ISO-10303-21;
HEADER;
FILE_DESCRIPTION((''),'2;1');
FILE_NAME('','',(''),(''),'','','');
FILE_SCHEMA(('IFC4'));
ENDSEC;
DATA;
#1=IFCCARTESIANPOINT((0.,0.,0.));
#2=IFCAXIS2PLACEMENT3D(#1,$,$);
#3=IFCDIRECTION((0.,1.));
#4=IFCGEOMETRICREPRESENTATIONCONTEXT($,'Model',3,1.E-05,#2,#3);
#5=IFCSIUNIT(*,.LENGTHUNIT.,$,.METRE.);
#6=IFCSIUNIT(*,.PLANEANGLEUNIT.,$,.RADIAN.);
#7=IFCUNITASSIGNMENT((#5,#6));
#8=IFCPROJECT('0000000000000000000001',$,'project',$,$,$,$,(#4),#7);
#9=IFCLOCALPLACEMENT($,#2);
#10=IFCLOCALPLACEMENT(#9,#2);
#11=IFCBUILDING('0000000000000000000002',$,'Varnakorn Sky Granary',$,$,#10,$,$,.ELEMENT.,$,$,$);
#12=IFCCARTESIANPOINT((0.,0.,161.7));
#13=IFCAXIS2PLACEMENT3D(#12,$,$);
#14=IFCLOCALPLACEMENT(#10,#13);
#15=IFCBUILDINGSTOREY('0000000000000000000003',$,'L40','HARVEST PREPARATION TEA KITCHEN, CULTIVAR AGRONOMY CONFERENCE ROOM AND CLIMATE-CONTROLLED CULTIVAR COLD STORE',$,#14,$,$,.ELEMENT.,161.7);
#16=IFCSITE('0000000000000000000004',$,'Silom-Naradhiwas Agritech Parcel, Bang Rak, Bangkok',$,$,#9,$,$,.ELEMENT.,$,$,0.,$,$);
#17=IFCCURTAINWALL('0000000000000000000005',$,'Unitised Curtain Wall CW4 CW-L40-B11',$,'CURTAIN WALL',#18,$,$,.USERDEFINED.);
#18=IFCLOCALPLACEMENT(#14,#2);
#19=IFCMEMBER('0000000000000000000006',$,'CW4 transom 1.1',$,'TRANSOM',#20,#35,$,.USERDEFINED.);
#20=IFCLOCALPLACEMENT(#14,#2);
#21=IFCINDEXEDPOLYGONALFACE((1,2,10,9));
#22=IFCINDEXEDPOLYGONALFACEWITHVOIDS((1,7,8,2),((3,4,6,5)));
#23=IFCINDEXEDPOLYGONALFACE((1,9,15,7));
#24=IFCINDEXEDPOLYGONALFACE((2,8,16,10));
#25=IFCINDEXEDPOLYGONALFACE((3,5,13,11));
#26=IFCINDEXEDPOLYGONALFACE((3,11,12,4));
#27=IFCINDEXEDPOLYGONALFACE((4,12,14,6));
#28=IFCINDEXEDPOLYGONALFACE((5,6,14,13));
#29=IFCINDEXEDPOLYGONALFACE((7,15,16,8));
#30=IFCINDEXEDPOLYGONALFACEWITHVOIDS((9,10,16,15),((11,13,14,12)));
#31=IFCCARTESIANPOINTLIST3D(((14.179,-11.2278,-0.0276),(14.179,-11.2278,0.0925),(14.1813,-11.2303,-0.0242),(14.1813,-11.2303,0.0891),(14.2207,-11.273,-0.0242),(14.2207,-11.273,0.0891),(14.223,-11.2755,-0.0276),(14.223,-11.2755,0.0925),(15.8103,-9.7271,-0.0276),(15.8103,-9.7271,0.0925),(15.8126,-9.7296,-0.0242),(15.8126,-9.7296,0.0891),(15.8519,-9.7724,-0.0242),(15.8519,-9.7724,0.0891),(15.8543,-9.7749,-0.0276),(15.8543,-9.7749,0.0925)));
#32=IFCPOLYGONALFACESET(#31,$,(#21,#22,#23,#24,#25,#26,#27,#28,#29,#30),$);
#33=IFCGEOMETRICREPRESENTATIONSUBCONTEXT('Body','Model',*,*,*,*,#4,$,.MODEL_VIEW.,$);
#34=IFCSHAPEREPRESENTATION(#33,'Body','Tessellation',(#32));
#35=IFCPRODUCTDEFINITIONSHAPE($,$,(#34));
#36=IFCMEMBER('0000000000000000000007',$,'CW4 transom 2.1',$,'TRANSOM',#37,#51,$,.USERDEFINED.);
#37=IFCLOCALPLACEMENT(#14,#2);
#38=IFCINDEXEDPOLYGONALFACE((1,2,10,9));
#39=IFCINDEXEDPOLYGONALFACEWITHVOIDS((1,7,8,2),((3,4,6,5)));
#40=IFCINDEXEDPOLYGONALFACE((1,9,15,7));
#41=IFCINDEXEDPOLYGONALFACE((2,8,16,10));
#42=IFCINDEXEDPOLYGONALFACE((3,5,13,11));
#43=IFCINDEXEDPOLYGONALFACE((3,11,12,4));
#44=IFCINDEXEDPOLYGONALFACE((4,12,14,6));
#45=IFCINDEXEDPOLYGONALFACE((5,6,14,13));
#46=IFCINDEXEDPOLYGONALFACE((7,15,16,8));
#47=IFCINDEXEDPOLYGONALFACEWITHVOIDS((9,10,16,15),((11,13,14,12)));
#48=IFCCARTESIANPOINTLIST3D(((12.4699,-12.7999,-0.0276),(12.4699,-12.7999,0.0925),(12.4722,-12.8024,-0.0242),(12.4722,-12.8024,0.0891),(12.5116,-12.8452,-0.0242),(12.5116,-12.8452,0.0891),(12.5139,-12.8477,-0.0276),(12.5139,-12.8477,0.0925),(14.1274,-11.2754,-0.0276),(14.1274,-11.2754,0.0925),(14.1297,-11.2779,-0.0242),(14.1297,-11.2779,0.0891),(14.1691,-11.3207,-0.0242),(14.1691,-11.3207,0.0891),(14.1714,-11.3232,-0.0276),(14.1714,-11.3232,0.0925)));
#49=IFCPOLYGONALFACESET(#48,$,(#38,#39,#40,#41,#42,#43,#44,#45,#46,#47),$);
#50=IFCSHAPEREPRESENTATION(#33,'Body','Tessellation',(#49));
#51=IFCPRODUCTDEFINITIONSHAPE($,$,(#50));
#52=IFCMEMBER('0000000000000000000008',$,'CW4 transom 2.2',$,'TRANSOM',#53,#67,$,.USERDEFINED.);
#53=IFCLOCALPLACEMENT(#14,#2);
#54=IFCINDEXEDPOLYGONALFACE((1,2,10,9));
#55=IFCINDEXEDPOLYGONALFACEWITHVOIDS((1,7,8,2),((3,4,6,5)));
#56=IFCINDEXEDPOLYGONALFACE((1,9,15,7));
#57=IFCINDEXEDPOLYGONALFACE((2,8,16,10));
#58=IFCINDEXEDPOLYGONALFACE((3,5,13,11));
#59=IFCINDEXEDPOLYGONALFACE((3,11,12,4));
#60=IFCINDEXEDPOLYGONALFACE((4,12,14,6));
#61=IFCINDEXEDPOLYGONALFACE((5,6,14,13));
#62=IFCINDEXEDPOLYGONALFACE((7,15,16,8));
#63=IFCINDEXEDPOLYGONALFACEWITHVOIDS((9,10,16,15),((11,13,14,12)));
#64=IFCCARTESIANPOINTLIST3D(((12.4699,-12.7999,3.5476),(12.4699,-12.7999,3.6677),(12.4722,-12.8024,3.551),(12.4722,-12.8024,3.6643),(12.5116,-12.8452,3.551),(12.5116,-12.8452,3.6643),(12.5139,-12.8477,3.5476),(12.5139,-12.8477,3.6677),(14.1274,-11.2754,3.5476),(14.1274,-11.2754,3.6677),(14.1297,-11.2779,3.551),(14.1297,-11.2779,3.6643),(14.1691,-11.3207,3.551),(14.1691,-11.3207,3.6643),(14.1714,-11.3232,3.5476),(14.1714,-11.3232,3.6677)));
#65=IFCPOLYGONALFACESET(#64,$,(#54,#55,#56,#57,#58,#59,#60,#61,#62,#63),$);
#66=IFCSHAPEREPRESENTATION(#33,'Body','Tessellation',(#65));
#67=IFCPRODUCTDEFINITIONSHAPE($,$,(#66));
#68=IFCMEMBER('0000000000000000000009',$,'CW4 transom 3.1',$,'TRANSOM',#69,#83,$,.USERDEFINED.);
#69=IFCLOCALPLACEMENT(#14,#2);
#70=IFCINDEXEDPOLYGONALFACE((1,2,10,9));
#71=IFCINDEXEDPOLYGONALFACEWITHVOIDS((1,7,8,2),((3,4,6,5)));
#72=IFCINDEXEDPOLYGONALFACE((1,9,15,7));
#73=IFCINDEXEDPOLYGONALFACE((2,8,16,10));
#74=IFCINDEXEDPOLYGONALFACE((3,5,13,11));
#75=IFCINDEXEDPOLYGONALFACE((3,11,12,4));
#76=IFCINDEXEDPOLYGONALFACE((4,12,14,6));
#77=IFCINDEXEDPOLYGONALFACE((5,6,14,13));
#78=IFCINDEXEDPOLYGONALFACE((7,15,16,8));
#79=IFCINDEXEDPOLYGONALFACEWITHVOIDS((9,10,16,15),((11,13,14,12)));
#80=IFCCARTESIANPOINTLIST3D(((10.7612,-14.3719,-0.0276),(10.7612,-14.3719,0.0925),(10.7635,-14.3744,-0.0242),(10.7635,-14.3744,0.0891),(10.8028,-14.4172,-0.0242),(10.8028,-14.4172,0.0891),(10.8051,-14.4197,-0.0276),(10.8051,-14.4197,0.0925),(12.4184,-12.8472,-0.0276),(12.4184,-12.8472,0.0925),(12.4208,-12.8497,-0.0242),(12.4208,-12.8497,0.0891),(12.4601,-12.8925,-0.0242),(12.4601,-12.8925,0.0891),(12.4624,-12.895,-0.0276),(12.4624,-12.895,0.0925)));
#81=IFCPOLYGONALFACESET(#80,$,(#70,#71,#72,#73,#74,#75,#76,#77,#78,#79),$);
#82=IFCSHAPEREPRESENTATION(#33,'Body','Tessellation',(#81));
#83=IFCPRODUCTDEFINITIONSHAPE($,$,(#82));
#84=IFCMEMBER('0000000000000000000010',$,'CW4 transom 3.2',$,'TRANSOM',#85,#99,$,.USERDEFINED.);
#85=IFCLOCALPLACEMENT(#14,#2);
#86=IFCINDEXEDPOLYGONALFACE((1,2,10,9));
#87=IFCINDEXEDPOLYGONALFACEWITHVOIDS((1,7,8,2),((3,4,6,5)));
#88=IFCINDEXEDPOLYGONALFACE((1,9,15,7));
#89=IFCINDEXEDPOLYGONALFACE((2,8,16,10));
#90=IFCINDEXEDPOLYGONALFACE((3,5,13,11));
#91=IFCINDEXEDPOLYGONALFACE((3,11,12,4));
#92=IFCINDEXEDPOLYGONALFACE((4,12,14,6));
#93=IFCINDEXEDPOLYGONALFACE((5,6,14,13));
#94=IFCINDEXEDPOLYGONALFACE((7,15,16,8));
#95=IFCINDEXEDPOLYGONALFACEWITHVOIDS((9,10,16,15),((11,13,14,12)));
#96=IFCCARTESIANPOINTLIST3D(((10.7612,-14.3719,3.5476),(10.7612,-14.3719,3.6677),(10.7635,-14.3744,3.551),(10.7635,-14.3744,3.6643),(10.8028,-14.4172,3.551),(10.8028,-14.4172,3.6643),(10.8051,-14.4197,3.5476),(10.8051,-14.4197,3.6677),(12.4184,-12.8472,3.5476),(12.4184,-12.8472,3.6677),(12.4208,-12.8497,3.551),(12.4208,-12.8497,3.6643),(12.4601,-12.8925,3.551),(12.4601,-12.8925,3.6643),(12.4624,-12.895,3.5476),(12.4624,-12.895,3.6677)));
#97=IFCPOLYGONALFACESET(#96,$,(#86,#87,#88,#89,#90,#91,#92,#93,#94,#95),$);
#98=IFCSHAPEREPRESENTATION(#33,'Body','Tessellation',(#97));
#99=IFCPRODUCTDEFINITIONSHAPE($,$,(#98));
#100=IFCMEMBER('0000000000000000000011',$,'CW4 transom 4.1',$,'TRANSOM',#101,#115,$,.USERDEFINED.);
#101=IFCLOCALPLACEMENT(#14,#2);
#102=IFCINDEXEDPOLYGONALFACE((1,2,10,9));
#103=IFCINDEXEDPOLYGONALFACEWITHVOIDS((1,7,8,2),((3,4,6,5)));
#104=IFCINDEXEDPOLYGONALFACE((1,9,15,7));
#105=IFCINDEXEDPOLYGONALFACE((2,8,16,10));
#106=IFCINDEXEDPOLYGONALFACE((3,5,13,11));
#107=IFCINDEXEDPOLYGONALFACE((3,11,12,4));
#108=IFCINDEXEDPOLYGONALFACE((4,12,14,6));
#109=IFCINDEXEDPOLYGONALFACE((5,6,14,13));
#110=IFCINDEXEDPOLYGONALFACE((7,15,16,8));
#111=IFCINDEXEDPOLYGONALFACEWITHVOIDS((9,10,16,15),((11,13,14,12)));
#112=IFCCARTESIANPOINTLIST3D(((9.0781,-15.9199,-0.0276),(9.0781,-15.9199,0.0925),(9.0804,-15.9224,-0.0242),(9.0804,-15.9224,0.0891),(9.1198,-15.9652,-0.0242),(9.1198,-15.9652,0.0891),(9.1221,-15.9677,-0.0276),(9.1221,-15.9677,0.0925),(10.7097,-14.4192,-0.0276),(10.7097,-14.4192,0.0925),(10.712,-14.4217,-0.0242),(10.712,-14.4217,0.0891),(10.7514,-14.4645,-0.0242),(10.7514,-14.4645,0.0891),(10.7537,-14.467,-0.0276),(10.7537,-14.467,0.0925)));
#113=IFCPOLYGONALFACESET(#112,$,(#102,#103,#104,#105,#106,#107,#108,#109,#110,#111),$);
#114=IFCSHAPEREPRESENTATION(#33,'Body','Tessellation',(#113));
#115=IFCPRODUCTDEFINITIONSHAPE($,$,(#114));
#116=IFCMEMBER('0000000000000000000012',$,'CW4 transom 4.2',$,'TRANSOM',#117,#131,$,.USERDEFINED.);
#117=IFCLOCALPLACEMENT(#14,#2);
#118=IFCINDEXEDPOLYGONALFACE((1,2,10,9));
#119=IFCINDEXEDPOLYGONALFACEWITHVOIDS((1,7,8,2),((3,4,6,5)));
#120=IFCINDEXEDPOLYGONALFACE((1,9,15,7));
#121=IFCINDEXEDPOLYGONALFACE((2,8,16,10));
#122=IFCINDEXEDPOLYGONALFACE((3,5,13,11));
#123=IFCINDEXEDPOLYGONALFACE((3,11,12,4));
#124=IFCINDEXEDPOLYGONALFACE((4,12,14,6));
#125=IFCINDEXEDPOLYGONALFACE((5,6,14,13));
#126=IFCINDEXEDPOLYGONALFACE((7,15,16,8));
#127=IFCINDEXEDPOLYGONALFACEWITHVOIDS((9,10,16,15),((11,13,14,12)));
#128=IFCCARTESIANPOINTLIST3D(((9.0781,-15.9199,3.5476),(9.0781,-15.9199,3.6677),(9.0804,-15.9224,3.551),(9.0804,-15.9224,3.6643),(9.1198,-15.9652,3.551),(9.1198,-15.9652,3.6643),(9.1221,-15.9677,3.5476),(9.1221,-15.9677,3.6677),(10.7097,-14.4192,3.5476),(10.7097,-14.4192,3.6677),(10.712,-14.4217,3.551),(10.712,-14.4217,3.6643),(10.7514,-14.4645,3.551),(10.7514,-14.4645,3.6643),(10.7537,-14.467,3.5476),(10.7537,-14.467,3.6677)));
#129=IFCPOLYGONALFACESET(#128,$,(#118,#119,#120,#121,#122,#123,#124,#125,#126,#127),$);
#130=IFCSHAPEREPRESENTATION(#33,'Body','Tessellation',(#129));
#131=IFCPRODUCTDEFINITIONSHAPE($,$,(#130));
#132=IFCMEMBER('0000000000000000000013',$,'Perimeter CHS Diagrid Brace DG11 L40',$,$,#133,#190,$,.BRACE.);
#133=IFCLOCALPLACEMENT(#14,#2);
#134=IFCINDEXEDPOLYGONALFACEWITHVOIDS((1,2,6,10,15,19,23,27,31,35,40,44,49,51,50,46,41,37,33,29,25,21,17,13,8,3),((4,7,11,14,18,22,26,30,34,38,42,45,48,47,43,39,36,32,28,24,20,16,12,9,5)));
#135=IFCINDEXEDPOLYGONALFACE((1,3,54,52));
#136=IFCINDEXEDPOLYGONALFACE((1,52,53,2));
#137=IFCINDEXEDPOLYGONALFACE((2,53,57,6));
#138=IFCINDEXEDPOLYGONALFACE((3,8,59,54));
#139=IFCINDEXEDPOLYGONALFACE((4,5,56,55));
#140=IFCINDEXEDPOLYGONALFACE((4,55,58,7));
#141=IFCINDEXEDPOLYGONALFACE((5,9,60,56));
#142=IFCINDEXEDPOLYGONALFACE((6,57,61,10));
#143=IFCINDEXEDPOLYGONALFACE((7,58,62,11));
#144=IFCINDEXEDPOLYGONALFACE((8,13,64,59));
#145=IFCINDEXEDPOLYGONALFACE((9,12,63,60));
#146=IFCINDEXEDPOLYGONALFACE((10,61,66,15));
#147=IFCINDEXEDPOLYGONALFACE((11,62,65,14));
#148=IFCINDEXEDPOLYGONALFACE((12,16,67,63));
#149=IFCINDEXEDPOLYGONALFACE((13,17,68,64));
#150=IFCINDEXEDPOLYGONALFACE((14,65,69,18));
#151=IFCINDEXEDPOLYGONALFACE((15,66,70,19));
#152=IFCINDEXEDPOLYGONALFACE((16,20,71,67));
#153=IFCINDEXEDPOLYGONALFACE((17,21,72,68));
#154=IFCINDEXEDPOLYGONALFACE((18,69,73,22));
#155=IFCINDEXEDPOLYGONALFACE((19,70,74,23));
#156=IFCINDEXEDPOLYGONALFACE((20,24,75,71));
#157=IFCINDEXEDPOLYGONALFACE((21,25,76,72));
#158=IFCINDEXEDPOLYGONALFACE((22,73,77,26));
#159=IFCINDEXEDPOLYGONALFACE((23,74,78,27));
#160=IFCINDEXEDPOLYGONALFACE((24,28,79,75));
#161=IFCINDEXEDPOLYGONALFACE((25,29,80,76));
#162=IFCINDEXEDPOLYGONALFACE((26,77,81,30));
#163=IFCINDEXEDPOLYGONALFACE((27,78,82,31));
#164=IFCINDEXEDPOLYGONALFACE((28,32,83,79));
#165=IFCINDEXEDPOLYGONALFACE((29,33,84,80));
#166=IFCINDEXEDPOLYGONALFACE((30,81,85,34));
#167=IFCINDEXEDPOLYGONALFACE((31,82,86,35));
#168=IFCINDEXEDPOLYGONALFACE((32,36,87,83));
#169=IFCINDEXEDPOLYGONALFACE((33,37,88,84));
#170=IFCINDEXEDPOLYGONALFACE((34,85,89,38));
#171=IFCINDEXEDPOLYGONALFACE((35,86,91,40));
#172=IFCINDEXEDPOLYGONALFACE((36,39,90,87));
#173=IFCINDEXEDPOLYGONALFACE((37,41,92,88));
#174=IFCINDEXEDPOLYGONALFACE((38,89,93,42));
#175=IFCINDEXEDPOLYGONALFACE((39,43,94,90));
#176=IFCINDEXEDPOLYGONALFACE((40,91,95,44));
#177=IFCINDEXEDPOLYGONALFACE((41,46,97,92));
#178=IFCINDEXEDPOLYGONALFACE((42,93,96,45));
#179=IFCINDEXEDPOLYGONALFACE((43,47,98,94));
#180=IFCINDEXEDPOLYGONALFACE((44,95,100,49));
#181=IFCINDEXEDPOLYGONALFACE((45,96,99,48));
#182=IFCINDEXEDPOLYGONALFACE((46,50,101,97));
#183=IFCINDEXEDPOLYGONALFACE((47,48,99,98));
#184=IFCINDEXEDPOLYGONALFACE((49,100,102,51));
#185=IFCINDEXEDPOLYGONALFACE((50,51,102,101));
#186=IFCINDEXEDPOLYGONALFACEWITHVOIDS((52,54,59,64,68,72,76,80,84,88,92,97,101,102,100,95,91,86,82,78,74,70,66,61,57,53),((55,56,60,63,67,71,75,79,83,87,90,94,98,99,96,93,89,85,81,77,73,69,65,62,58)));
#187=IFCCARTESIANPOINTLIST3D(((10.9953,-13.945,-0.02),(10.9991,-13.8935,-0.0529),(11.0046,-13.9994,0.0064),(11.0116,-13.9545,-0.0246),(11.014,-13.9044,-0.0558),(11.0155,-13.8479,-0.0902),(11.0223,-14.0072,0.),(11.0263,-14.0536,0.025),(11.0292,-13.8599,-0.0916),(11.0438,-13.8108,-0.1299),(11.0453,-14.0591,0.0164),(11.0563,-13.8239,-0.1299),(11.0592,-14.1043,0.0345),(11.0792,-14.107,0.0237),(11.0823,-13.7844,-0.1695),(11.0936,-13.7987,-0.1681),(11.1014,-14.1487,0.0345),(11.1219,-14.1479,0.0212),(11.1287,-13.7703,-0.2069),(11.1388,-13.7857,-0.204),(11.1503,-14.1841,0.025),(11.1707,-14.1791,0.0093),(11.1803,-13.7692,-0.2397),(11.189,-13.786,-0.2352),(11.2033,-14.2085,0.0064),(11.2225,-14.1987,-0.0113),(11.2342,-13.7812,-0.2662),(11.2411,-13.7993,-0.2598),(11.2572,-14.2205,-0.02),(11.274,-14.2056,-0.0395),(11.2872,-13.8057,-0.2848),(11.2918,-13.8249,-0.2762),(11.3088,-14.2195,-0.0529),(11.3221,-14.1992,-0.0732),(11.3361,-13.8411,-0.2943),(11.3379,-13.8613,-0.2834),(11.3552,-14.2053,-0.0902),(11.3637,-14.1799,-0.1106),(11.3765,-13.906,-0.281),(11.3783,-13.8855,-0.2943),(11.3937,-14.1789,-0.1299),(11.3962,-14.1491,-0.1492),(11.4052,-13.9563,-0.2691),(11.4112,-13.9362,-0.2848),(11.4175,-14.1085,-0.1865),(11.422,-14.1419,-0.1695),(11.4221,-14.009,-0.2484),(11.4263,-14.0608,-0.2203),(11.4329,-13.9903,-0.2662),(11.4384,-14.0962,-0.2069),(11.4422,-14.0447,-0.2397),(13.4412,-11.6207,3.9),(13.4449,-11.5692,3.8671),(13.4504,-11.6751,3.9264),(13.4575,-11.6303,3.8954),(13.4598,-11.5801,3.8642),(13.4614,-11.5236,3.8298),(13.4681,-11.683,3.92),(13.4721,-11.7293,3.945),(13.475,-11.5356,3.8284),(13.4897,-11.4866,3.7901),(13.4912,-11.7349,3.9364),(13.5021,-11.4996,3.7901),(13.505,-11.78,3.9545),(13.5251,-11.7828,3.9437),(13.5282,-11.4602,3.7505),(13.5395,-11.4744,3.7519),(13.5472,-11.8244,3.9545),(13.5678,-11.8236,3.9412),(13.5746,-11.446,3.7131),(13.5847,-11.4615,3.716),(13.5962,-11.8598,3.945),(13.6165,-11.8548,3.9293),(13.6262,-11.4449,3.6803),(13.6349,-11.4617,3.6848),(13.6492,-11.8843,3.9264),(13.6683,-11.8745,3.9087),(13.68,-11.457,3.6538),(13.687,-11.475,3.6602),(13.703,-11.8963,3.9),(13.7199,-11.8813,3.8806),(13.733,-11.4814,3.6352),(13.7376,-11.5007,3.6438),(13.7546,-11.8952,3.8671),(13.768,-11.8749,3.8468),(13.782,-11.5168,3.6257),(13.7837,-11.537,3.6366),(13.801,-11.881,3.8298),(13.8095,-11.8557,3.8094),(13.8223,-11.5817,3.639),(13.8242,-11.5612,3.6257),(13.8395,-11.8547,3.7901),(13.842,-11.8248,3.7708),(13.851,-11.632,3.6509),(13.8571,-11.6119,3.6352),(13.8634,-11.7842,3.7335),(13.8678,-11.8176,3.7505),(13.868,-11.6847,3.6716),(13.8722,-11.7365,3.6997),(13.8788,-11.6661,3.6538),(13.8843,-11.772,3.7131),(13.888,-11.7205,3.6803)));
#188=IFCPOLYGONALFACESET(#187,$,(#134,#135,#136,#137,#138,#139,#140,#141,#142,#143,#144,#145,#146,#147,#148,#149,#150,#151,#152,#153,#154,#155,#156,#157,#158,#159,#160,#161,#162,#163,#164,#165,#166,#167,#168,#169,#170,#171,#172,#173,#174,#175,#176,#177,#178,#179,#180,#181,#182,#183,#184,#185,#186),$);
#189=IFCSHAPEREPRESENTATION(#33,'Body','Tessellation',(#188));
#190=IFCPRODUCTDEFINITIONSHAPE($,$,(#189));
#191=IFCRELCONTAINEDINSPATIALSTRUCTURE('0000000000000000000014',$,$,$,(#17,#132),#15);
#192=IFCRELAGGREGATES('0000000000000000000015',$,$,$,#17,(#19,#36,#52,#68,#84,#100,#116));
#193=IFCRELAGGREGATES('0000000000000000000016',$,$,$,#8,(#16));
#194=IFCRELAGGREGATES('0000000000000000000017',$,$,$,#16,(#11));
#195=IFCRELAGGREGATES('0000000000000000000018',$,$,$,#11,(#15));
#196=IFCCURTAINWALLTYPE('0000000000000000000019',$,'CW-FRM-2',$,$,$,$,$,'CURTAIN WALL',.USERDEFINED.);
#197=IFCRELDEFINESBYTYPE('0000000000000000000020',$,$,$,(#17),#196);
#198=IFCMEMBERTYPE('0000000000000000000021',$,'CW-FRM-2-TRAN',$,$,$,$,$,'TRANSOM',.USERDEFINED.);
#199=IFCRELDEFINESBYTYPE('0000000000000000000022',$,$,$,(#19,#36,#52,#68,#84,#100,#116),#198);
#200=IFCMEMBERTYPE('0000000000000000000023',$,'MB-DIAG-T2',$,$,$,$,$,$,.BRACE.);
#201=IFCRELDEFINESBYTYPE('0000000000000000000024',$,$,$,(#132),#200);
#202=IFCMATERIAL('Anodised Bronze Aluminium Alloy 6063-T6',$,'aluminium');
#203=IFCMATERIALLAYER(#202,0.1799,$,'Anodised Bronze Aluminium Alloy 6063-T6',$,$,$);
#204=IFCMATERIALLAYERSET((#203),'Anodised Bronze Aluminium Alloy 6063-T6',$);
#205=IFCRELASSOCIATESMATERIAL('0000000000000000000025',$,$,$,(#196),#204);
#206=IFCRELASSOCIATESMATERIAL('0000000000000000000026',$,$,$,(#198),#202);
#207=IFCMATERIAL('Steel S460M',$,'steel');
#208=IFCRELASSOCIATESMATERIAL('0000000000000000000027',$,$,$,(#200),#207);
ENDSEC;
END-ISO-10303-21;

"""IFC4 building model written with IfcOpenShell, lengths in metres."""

from ifc_helpers import new_model, si_unit, direction, frame, origin, origin_2d, place, context, subcontext, project, spatial, hollow_rectangle, hollow_circle, extrude, material, layer, layer_set, material_profile, profile_set, type_object, element, aggregate, save


model = new_model("IFC4")

# Units and contexts
model_context = context("Model", 3, precision=1e-05, world=origin(), true_north=direction((0.0, 1.0)))
body_context = subcontext(model_context, "Body", "Model", "MODEL_VIEW")
ifc_project = project(units=[si_unit("LENGTHUNIT", "METRE"), si_unit("PLANEANGLEUNIT", "RADIAN")], contexts=[model_context])

# Site, building, storey
site_placement = place(None, origin())
site = spatial("IfcSite", under=ifc_project, at=site_placement, Name="Silom-Naradhiwas Agritech Parcel, Bang Rak, Bangkok", CompositionType="ELEMENT", RefElevation=0.0)
building_placement = place(site_placement, origin())
building = spatial("IfcBuilding", under=site, at=building_placement, Name="Varnakorn Sky Granary", CompositionType="ELEMENT")
storey_placement = place(building_placement, frame((0.0, 0.0, 161.7)))
storey = spatial("IfcBuildingStorey", under=building, at=storey_placement, Name="L40", Description="HARVEST PREPARATION TEA KITCHEN, CULTIVAR AGRONOMY CONFERENCE ROOM AND CLIMATE-CONTROLLED CULTIVAR COLD STORE", CompositionType="ELEMENT", Elevation=161.7)

# Shared definitions
ifc_material_1 = material(Name="Steel S460M", Category="steel")

# Curtain wall, members
ifc_material_2 = material(Name="Anodised Bronze Aluminium Alloy 6063-T6", Category="aluminium")
ifc_layer_1 = layer(ifc_material_2, 0.1799, Name="Anodised Bronze Aluminium Alloy 6063-T6")
ifc_layer_set_1 = layer_set([ifc_layer_1], Name="Anodised Bronze Aluminium Alloy 6063-T6")
curtain_wall_type = type_object("IfcCurtainWallType", Name="CW-FRM-2", ElementType="CURTAIN WALL", PredefinedType="USERDEFINED", material=ifc_layer_set_1)
curtain_wall_placement = place(storey_placement, origin())
curtain_wall = element("IfcCurtainWall", 1, at=curtain_wall_placement, inside=storey, type_object=curtain_wall_type, Name="Unitised Curtain Wall CW4 CW-L40-B11", ObjectType="CURTAIN WALL", PredefinedType="USERDEFINED")
ifc_material_profile_1 = material_profile(ifc_material_2, hollow_rectangle(XDim=0.0649, YDim=0.1201, WallThickness=0.0034, at=origin_2d()), Name="ALU TRAN 65x120")
ifc_profile_set_1 = profile_set([ifc_material_profile_1], Name="Anodised Bronze Aluminium Alloy 6063-T6")
member_type_1 = type_object("IfcMemberType", Name="CW-FRM-2-TRAN", ElementType="TRANSOM", PredefinedType="USERDEFINED", material=ifc_profile_set_1)
member_1_placement = place(storey_placement, frame((15.8323, -9.751, 0.0325), z_axis=(-0.735955, -0.67703, 0.0), x_axis=(0.67703, -0.735955, 0.0)))
member_1 = element("IfcMember", 2, at=member_1_placement, type_object=member_type_1, Name="CW4 transom 1.1", ObjectType="TRANSOM", PredefinedType="USERDEFINED", context=body_context, shape_type="SweptSolid", body=[
    extrude(hollow_rectangle(XDim=0.0649, YDim=0.1201, WallThickness=0.0034, at=origin_2d()), origin(), (0.0, 0.0, 1.0), 2.2166),
])
member_2_placement = place(storey_placement, frame((14.1494, -11.2993, 0.0325), z_axis=(-0.736033, -0.676946, 0.0), x_axis=(0.676946, -0.736033, 0.0)))
member_2 = element("IfcMember", 3, at=member_2_placement, type_object=member_type_1, Name="CW4 transom 2.1", ObjectType="TRANSOM", PredefinedType="USERDEFINED", context=body_context, shape_type="SweptSolid", body=[
    extrude(hollow_rectangle(XDim=0.0649, YDim=0.1201, WallThickness=0.0034, at=origin_2d()), origin(), (0.0, 0.0, 1.0), 2.252),
])
member_3_placement = place(storey_placement, frame((14.1494, -11.2993, 3.6077), z_axis=(-0.736033, -0.676946, 0.0), x_axis=(0.676946, -0.736033, 0.0)))
member_3 = element("IfcMember", 4, at=member_3_placement, type_object=member_type_1, Name="CW4 transom 2.2", ObjectType="TRANSOM", PredefinedType="USERDEFINED", context=body_context, shape_type="SweptSolid", body=[
    extrude(hollow_rectangle(XDim=0.0649, YDim=0.1201, WallThickness=0.0034, at=origin_2d()), origin(), (0.0, 0.0, 1.0), 2.252),
])
member_4_placement = place(storey_placement, frame((12.4404, -12.8711, 0.0325), z_axis=(-0.735929, -0.677059, 0.0), x_axis=(0.677059, -0.735929, 0.0)))
member_4 = element("IfcMember", 5, at=member_4_placement, type_object=member_type_1, Name="CW4 transom 3.1", ObjectType="TRANSOM", PredefinedType="USERDEFINED", context=body_context, shape_type="SweptSolid", body=[
    extrude(hollow_rectangle(XDim=0.0649, YDim=0.1201, WallThickness=0.0034, at=origin_2d()), origin(), (0.0, 0.0, 1.0), 2.252),
])
member_5_placement = place(storey_placement, frame((12.4404, -12.8711, 3.6077), z_axis=(-0.735929, -0.677059, 0.0), x_axis=(0.677059, -0.735929, 0.0)))
member_5 = element("IfcMember", 6, at=member_5_placement, type_object=member_type_1, Name="CW4 transom 3.2", ObjectType="TRANSOM", PredefinedType="USERDEFINED", context=body_context, shape_type="SweptSolid", body=[
    extrude(hollow_rectangle(XDim=0.0649, YDim=0.1201, WallThickness=0.0034, at=origin_2d()), origin(), (0.0, 0.0, 1.0), 2.252),
])
member_6_placement = place(storey_placement, frame((10.7317, -14.4431, 0.0325), z_axis=(-0.736006, -0.676975, 0.0), x_axis=(0.676975, -0.736006, 0.0)))
member_6 = element("IfcMember", 7, at=member_6_placement, type_object=member_type_1, Name="CW4 transom 4.1", ObjectType="TRANSOM", PredefinedType="USERDEFINED", context=body_context, shape_type="SweptSolid", body=[
    extrude(hollow_rectangle(XDim=0.0649, YDim=0.1201, WallThickness=0.0034, at=origin_2d()), origin(), (0.0, 0.0, 1.0), 2.2168),
])
member_7_placement = place(storey_placement, frame((10.7317, -14.4431, 3.6077), z_axis=(-0.736006, -0.676975, 0.0), x_axis=(0.676975, -0.736006, 0.0)))
member_7 = element("IfcMember", 8, at=member_7_placement, type_object=member_type_1, Name="CW4 transom 4.2", ObjectType="TRANSOM", PredefinedType="USERDEFINED", context=body_context, shape_type="SweptSolid", body=[
    extrude(hollow_rectangle(XDim=0.0649, YDim=0.1201, WallThickness=0.0034, at=origin_2d()), origin(), (0.0, 0.0, 1.0), 2.2168),
])

# Member
ifc_material_profile_2 = material_profile(ifc_material_1, hollow_circle(Radius=0.2539, WallThickness=0.0181, at=origin_2d()), Name="CHS 508x18")
ifc_profile_set_2 = profile_set([ifc_material_profile_2], Name="Steel S460M")
member_type_2 = type_object("IfcMemberType", Name="MB-DIAG-T2", PredefinedType="BRACE", material=ifc_profile_set_2)
member_8_placement = place(storey_placement, frame((11.2188, -13.9949, -0.1299), z_axis=(0.472891, 0.449384, 0.75791), x_axis=(-0.68886, 0.724895, 0.0)))
element("IfcMember", 9, at=member_8_placement, inside=storey, type_object=member_type_2, Name="Perimeter CHS Diagrid Brace DG11 L40", PredefinedType="BRACE", context=body_context, shape_type="SweptSolid", body=[
    extrude(hollow_circle(Radius=0.2539, WallThickness=0.0181, at=origin_2d()), origin(), (0.0, 0.0, 1.0), 5.1721),
])

aggregate(curtain_wall, [member_1, member_2, member_3, member_4, member_5, member_6, member_7])

save(model, "model.ifc")
